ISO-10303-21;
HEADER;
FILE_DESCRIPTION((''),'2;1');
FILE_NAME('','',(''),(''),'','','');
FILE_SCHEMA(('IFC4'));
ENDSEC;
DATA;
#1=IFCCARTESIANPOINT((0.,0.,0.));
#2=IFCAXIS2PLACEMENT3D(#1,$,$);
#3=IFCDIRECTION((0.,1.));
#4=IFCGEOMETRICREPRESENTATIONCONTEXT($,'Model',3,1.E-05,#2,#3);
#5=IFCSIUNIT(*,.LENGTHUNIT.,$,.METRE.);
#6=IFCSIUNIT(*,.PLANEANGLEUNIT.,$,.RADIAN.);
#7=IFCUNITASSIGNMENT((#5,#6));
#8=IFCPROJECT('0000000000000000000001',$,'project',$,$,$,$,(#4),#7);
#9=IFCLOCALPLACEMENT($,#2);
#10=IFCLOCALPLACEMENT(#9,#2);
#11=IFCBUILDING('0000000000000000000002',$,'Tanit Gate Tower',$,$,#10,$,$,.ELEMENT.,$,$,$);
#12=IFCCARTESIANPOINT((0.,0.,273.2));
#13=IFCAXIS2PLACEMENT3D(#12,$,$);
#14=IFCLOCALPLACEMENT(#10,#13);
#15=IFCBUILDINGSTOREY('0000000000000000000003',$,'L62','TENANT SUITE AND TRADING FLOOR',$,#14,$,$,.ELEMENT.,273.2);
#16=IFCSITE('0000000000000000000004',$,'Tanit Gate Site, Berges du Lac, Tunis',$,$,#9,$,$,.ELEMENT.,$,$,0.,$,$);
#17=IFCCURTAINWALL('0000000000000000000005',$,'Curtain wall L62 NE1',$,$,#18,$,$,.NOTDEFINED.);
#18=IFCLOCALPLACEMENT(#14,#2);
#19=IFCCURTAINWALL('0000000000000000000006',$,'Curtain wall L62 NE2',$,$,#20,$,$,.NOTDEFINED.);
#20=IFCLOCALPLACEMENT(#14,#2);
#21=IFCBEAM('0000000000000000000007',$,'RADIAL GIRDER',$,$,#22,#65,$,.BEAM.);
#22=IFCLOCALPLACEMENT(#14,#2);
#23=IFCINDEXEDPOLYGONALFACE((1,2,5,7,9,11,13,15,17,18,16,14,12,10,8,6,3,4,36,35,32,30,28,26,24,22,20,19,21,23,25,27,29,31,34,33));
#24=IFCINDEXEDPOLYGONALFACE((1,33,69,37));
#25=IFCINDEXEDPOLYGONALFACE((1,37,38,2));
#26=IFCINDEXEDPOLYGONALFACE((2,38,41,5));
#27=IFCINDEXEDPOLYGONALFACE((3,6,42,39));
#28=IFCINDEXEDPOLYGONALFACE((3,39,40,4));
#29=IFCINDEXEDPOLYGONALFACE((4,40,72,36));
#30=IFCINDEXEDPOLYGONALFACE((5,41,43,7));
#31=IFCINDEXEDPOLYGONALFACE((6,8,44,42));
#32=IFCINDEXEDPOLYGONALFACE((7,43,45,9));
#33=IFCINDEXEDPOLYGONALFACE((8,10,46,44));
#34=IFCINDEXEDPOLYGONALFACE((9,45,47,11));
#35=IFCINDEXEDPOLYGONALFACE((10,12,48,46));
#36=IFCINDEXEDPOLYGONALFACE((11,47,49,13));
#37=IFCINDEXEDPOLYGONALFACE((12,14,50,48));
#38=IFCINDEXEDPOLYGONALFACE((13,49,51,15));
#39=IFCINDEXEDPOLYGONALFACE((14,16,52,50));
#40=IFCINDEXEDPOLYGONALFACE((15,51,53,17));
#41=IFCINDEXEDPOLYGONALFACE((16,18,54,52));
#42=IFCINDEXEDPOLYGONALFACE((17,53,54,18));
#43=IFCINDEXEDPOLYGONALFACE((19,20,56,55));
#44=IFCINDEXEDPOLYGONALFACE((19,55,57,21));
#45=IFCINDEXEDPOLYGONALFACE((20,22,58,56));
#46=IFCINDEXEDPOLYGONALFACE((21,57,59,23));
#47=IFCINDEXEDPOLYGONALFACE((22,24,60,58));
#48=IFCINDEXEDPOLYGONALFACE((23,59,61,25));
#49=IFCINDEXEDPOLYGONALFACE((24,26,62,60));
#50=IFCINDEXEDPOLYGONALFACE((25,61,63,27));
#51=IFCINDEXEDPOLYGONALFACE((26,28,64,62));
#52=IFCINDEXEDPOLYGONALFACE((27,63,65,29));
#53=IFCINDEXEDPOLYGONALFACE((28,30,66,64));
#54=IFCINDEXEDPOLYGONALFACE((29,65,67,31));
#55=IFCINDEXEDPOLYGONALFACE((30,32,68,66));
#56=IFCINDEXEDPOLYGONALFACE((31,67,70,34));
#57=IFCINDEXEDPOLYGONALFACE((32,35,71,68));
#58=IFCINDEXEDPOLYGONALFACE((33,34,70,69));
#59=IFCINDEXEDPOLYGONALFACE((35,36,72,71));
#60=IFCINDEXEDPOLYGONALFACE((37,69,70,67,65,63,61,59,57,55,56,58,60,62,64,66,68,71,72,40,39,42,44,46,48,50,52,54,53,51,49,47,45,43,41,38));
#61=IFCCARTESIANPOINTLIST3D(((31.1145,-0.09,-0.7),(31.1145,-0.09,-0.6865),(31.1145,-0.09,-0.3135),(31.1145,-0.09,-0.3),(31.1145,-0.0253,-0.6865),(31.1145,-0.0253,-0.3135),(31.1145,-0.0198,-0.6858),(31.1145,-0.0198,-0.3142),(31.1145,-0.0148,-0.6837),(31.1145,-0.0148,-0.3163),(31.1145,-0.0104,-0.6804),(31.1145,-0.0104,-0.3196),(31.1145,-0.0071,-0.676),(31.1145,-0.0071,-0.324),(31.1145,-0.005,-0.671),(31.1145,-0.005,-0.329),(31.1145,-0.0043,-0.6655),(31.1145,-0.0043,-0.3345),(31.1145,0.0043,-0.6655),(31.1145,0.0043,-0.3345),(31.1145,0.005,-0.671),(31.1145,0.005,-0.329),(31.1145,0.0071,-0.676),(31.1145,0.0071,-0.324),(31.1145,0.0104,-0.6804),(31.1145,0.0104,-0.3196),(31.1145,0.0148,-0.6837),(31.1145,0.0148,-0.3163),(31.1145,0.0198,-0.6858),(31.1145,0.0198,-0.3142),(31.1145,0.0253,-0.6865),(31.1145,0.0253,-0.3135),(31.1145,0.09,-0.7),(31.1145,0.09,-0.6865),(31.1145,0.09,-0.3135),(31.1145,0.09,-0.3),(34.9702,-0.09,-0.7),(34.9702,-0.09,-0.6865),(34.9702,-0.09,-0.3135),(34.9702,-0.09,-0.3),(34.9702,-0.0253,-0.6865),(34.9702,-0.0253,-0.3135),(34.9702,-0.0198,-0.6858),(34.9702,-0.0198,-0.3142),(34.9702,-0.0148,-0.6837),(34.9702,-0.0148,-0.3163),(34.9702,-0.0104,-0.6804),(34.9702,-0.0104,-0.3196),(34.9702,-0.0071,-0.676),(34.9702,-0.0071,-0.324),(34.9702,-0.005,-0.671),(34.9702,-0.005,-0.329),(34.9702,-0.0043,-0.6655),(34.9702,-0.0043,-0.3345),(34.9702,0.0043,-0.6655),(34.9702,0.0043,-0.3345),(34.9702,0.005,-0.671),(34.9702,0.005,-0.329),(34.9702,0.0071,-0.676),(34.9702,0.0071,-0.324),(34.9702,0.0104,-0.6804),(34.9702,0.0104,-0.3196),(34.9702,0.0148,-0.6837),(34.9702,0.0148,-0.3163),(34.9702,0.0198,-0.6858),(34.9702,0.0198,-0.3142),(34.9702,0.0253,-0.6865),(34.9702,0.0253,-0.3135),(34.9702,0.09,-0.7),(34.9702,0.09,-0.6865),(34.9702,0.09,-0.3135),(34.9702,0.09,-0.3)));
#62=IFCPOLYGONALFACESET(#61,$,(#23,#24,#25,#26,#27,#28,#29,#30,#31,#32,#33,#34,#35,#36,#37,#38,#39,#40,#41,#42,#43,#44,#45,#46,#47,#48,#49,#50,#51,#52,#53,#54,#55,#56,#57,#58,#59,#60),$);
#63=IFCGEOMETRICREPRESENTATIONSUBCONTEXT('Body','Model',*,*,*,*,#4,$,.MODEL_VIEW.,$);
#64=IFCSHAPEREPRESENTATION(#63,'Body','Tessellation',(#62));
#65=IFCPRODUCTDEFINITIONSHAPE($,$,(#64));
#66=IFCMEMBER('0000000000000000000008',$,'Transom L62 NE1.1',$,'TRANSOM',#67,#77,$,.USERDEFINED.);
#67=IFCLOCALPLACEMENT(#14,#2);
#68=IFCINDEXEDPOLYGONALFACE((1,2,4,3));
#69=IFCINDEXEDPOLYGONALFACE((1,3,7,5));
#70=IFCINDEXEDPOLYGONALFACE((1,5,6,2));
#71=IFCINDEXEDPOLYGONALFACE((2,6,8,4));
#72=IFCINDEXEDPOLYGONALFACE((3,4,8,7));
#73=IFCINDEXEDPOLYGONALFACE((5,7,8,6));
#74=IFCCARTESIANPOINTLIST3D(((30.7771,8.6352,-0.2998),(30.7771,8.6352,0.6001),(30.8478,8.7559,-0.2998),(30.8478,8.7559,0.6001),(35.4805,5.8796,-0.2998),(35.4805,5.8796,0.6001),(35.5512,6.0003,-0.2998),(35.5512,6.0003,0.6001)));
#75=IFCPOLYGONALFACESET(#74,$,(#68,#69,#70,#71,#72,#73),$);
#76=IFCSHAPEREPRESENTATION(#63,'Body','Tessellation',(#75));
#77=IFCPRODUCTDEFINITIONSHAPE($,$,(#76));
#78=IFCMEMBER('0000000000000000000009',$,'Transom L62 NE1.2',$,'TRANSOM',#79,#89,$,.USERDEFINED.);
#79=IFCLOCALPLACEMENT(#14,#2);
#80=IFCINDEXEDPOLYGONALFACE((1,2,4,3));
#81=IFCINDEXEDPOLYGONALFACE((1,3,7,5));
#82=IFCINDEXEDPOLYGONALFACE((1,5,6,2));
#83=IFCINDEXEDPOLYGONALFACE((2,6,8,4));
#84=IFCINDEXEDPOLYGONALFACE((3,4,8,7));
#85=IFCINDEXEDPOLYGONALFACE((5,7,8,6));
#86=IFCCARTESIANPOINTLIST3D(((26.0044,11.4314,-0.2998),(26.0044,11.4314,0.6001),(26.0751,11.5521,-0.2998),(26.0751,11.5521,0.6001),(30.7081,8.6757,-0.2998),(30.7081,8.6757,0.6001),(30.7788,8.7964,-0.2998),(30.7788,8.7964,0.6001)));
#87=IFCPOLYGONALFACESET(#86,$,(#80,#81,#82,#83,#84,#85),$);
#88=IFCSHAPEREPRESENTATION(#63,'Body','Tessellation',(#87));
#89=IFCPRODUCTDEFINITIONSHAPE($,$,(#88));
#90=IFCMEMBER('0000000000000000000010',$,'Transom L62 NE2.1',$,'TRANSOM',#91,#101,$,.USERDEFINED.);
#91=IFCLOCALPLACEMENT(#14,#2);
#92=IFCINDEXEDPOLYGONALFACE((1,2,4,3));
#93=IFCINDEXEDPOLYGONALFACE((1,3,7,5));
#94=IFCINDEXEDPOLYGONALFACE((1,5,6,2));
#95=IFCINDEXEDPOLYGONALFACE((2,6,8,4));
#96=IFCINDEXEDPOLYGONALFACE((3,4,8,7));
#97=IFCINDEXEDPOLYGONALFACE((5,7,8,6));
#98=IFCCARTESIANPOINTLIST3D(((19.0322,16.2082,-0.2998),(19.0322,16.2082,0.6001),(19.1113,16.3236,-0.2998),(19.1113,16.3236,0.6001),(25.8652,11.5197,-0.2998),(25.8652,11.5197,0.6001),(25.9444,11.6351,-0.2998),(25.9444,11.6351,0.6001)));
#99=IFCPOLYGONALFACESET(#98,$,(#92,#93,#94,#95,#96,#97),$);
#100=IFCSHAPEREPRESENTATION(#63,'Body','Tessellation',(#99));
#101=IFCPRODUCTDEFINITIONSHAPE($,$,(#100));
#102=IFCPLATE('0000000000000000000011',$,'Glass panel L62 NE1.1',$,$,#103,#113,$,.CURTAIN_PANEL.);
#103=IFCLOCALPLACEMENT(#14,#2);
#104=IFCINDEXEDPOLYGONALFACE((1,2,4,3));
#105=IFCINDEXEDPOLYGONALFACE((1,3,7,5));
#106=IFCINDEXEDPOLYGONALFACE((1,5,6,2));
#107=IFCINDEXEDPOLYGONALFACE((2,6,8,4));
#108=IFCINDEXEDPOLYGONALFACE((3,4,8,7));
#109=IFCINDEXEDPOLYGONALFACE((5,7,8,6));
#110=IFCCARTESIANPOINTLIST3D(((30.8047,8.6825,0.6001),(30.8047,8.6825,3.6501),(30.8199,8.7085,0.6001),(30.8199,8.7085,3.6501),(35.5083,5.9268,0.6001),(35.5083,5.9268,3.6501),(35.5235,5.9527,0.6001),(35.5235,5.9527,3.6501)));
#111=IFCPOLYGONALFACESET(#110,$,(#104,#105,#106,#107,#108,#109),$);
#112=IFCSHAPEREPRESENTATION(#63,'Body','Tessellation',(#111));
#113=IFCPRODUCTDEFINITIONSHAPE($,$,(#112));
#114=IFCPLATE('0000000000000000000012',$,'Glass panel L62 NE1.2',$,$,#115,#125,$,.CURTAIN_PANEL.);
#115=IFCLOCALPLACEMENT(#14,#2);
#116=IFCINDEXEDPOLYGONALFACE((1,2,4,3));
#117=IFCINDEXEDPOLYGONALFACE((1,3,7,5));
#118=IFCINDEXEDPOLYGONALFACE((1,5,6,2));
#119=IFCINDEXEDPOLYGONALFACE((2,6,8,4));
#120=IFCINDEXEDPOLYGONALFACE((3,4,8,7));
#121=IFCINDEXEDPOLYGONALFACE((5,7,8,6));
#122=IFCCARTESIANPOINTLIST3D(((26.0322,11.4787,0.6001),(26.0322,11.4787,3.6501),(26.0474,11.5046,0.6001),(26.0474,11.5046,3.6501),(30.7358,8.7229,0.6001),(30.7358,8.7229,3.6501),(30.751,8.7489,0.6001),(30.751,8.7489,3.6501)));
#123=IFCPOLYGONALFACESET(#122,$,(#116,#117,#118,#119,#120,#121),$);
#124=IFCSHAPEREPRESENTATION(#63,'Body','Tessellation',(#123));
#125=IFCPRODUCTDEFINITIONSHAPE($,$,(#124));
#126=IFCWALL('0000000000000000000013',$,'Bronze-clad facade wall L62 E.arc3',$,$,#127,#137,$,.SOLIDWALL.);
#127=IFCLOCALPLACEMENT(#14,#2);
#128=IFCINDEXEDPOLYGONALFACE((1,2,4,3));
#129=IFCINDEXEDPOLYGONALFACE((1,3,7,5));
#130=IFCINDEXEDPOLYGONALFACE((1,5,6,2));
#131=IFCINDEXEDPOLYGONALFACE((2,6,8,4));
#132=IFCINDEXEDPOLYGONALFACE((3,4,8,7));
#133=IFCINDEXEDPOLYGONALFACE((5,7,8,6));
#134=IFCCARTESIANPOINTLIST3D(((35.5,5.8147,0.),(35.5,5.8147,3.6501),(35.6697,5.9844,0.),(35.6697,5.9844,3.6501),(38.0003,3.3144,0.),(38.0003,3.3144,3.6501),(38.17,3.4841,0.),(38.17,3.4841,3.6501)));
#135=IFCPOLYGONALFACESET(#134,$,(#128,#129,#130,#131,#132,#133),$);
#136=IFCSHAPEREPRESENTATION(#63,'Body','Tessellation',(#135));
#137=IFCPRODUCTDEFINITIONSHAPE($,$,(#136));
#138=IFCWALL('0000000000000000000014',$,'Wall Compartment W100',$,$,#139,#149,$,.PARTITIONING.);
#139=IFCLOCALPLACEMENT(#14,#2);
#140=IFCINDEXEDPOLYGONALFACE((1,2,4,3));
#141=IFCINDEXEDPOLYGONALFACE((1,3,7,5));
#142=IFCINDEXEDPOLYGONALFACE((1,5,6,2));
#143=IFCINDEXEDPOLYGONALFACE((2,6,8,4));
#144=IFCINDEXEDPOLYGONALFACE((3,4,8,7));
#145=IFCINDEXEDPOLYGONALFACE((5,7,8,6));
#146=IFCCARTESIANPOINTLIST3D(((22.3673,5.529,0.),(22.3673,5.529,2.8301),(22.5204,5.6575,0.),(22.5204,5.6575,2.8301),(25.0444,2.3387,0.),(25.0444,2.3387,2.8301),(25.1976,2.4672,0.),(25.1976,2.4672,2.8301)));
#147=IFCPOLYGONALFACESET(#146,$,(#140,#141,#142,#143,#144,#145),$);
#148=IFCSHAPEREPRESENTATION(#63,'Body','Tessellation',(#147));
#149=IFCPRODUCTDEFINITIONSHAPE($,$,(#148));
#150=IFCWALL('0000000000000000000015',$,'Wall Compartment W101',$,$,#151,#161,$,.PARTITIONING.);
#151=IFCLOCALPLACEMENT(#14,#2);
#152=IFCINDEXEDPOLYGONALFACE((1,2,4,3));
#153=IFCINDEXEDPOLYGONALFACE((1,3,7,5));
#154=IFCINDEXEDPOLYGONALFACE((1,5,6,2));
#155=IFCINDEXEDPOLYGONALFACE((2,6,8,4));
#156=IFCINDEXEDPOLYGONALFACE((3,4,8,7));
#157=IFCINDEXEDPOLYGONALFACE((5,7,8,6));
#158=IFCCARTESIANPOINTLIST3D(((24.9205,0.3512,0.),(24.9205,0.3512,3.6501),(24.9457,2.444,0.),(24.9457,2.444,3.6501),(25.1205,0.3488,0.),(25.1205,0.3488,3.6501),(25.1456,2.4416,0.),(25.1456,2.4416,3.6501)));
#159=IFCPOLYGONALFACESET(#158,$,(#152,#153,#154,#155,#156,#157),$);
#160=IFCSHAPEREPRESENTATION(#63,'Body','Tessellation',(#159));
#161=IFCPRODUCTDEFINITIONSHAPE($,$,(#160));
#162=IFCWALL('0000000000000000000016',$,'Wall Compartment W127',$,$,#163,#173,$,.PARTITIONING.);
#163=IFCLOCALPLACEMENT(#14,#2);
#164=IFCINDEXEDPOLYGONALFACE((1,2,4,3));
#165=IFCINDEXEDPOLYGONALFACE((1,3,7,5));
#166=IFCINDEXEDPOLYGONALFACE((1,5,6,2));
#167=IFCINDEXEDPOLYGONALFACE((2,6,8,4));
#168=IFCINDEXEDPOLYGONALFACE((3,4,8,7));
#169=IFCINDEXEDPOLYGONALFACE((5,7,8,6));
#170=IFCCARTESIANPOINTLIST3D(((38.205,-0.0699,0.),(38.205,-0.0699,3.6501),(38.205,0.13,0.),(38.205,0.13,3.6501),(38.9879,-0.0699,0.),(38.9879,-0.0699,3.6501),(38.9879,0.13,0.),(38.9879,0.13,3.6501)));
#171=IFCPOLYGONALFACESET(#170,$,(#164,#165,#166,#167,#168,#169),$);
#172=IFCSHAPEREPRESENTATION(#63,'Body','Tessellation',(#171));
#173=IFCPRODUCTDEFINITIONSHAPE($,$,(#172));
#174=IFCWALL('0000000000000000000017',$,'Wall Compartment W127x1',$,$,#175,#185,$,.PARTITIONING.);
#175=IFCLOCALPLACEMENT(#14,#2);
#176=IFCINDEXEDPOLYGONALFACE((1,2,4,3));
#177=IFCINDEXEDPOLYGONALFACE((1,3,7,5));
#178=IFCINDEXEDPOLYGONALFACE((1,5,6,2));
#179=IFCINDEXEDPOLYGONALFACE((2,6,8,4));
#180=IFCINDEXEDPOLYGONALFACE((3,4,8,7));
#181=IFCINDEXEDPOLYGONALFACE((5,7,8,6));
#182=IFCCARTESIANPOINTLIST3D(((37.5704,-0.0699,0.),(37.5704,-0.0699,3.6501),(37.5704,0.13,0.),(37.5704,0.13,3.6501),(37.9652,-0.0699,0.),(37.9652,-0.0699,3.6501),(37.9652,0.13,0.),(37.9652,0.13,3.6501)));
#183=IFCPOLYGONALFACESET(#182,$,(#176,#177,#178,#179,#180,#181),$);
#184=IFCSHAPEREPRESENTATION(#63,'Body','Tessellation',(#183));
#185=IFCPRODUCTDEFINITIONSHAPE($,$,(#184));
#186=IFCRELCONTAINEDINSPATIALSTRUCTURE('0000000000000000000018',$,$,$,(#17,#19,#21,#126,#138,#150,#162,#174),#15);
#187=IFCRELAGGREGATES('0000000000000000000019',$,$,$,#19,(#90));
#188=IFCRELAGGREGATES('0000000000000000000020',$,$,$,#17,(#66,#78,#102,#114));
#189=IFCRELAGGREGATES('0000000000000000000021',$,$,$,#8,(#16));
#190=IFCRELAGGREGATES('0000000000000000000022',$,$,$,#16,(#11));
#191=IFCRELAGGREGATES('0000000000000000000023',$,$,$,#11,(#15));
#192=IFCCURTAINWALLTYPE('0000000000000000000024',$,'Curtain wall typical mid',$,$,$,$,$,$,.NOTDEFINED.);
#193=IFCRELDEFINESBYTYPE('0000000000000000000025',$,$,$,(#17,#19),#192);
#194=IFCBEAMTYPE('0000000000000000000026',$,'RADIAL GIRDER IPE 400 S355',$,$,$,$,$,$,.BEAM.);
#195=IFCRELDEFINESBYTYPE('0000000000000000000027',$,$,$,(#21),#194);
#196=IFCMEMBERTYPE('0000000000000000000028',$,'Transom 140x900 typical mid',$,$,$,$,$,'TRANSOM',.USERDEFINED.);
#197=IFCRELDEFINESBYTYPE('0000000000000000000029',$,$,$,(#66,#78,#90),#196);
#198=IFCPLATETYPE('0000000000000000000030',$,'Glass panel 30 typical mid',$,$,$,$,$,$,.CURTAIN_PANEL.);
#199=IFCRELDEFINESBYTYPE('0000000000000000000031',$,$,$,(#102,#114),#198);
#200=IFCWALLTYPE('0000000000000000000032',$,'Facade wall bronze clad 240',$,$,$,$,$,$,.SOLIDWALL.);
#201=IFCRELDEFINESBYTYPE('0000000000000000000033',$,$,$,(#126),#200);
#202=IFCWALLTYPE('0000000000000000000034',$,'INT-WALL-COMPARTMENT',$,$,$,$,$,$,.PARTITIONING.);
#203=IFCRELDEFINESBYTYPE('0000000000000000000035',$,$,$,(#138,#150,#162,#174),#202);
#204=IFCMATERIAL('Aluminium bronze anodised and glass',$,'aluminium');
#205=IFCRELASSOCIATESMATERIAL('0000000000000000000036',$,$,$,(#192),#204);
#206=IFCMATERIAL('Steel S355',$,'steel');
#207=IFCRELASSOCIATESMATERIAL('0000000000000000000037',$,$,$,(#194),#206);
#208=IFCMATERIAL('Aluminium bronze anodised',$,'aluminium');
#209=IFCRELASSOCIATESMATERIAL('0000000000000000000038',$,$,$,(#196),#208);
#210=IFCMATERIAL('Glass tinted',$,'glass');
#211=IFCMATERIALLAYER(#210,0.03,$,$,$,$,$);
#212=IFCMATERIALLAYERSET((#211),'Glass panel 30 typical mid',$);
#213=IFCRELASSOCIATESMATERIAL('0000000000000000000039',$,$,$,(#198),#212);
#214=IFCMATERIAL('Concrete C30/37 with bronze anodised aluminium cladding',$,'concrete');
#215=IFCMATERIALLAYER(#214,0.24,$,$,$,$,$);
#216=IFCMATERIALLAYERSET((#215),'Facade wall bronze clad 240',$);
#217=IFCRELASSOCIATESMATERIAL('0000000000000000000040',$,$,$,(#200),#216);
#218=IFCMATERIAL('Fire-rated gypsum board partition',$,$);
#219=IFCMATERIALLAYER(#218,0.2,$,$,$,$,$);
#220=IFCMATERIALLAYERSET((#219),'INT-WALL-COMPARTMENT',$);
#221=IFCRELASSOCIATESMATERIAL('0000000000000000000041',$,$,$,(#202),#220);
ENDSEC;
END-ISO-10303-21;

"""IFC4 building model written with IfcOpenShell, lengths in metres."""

from ifc_helpers import new_model, si_unit, direction, frame, frame_2d, origin, origin_2d, place, context, subcontext, project, spatial, rectangle, i_section, extrude, material, layer, layer_set, material_profile, profile_set, type_object, element, aggregate, save


model = new_model("IFC4")

# Units and contexts
model_context = context("Model", 3, precision=1e-05, world=origin(), true_north=direction((0.0, 1.0)))
body_context = subcontext(model_context, "Body", "Model", "MODEL_VIEW")
ifc_project = project(units=[si_unit("LENGTHUNIT", "METRE"), si_unit("PLANEANGLEUNIT", "RADIAN")], contexts=[model_context])

# Site, building, storey
site_placement = place(None, origin())
site = spatial("IfcSite", under=ifc_project, at=site_placement, Name="Tanit Gate Site, Berges du Lac, Tunis", CompositionType="ELEMENT", RefElevation=0.0)
building_placement = place(site_placement, origin())
building = spatial("IfcBuilding", under=site, at=building_placement, Name="Tanit Gate Tower", CompositionType="ELEMENT")
storey_placement = place(building_placement, frame((0.0, 0.0, 273.2)))
storey = spatial("IfcBuildingStorey", under=building, at=storey_placement, Name="L62", Description="TENANT SUITE AND TRADING FLOOR", CompositionType="ELEMENT", Elevation=273.2)

# Curtain walls
ifc_material_1 = material(Name="Aluminium bronze anodised and glass", Category="aluminium")
curtain_wall_type = type_object("IfcCurtainWallType", Name="Curtain wall typical mid", PredefinedType="NOTDEFINED", material=ifc_material_1)
curtain_wall_1_placement = place(storey_placement, origin())
curtain_wall_1 = element("IfcCurtainWall", 1, at=curtain_wall_1_placement, inside=storey, type_object=curtain_wall_type, Name="Curtain wall L62 NE1", PredefinedType="NOTDEFINED")
curtain_wall_2_placement = place(storey_placement, origin())
curtain_wall_2 = element("IfcCurtainWall", 2, at=curtain_wall_2_placement, inside=storey, type_object=curtain_wall_type, Name="Curtain wall L62 NE2", PredefinedType="NOTDEFINED")

# Beam
ifc_material_2 = material(Name="Steel S355", Category="steel")
ifc_material_profile_1 = material_profile(ifc_material_2, i_section(OverallWidth=0.1799, OverallDepth=0.3999, WebThickness=0.0085, FlangeThickness=0.0134, FilletRadius=0.021, at=origin_2d()), Name="IPE 400")
ifc_profile_set_1 = profile_set([ifc_material_profile_1], Name="Steel S355")
beam_type_1 = type_object("IfcBeamType", Name="RADIAL GIRDER IPE 400 S355", PredefinedType="BEAM", material=ifc_profile_set_1)
beam_1_placement = place(storey_placement, frame((34.9702, 0.0, -0.5), z_axis=(-1.0, 0.0, 0.0), x_axis=(0.0, -1.0, 0.0)))
element("IfcBeam", 3, at=beam_1_placement, inside=storey, type_object=beam_type_1, Name="RADIAL GIRDER", PredefinedType="BEAM", context=body_context, shape_type="SweptSolid", body=[
    extrude(i_section(OverallWidth=0.1799, OverallDepth=0.3999, WebThickness=0.0085, FlangeThickness=0.0134, FilletRadius=0.021, at=origin_2d()), origin(), (0.0, 0.0, 1.0), 3.8557),
])

# Members
ifc_material_3 = material(Name="Aluminium bronze anodised", Category="aluminium")
ifc_material_profile_2 = material_profile(ifc_material_3, rectangle(XDim=0.1399, YDim=0.8999, at=origin_2d()), Name="140x900 bronze transom")
ifc_profile_set_2 = profile_set([ifc_material_profile_2], Name="Aluminium bronze anodised")
member_type_1 = type_object("IfcMemberType", Name="Transom 140x900 typical mid", ElementType="TRANSOM", PredefinedType="USERDEFINED", material=ifc_profile_set_2)
member_1_placement = place(storey_placement, frame((35.5159, 5.9399, 0.1501), z_axis=(-0.862821, 0.50551, 0.0), x_axis=(-0.50551, -0.862821, 0.0)))
member_1 = element("IfcMember", 4, at=member_1_placement, type_object=member_type_1, Name="Transom L62 NE1.1", ObjectType="TRANSOM", PredefinedType="USERDEFINED", context=body_context, shape_type="SweptSolid", body=[
    extrude(rectangle(XDim=0.1399, YDim=0.8999, at=origin_2d()), origin(), (0.0, 0.0, 1.0), 5.4512),
])
member_2_placement = place(storey_placement, frame((30.7434, 8.7361, 0.1501), z_axis=(-0.862832, 0.505491, 0.0), x_axis=(-0.505491, -0.862832, 0.0)))
member_2 = element("IfcMember", 5, at=member_2_placement, type_object=member_type_1, Name="Transom L62 NE1.2", ObjectType="TRANSOM", PredefinedType="USERDEFINED", context=body_context, shape_type="SweptSolid", body=[
    extrude(rectangle(XDim=0.1399, YDim=0.8999, at=origin_2d()), origin(), (0.0, 0.0, 1.0), 5.4514),
])
member_3_placement = place(storey_placement, frame((25.9048, 11.5774, 0.1501), z_axis=(-0.824561, 0.565773, 0.0), x_axis=(-0.565773, -0.824561, 0.0)))
member_3 = element("IfcMember", 6, at=member_3_placement, type_object=member_type_1, Name="Transom L62 NE2.1", ObjectType="TRANSOM", PredefinedType="USERDEFINED", context=body_context, shape_type="SweptSolid", body=[
    extrude(rectangle(XDim=0.1399, YDim=0.8999, at=origin_2d()), origin(), (0.0, 0.0, 1.0), 8.2869),
])
aggregate(curtain_wall_2, [member_3])

# Plates
ifc_material_4 = material(Name="Glass tinted", Category="glass")
ifc_layer_1 = layer(ifc_material_4, 0.03)
ifc_layer_set_1 = layer_set([ifc_layer_1], Name="Glass panel 30 typical mid")
plate_type = type_object("IfcPlateType", Name="Glass panel 30 typical mid", PredefinedType="CURTAIN_PANEL", material=ifc_layer_set_1)
plate_1_placement = place(storey_placement, frame((33.1641, 7.3176, 0.6001), z_axis=(0.0, 0.0, 1.0), x_axis=(-0.862821, 0.50551, 0.0)))
plate_1 = element("IfcPlate", 7, at=plate_1_placement, type_object=plate_type, Name="Glass panel L62 NE1.1", PredefinedType="CURTAIN_PANEL", context=body_context, shape_type="SweptSolid", body=[
    extrude(rectangle(XDim=5.4514, YDim=0.03, at=origin_2d()), origin(), (0.0, 0.0, 1.0), 3.05),
])
plate_2_placement = place(storey_placement, frame((28.3916, 10.1138, 0.6001), z_axis=(0.0, 0.0, 1.0), x_axis=(-0.862821, 0.50551, 0.0)))
plate_2 = element("IfcPlate", 8, at=plate_2_placement, type_object=plate_type, Name="Glass panel L62 NE1.2", PredefinedType="CURTAIN_PANEL", context=body_context, shape_type="SweptSolid", body=[
    extrude(rectangle(XDim=5.4514, YDim=0.03, at=origin_2d()), origin(), (0.0, 0.0, 1.0), 3.05),
])
aggregate(curtain_wall_1, [member_1, member_2, plate_1, plate_2])

# Walls
ifc_material_5 = material(Name="Concrete C30/37 with bronze anodised aluminium cladding", Category="concrete")
ifc_layer_2 = layer(ifc_material_5, 0.24)
ifc_layer_set_2 = layer_set([ifc_layer_2], Name="Facade wall bronze clad 240")
wall_type_1 = type_object("IfcWallType", Name="Facade wall bronze clad 240", PredefinedType="SOLIDWALL", material=ifc_layer_set_2)
wall_1_placement = place(storey_placement, frame((38.0852, 3.3992, 0.0), z_axis=(0.0, 0.0, 1.0), x_axis=(-0.707107, 0.707107, 0.0)))
element("IfcWall", 9, at=wall_1_placement, inside=storey, type_object=wall_type_1, Name="Bronze-clad facade wall L62 E.arc3", PredefinedType="SOLIDWALL", context=body_context, shape_type="SweptSolid", body=[
    extrude(rectangle(XDim=3.5359, YDim=0.24, at=frame_2d((1.7681, 0.0))), origin(), (0.0, 0.0, 1.0), 3.6501),
])
ifc_material_6 = material(Name="Fire-rated gypsum board partition")
ifc_layer_3 = layer(ifc_material_6, 0.2)
ifc_layer_set_3 = layer_set([ifc_layer_3], Name="INT-WALL-COMPARTMENT")
wall_type_2 = type_object("IfcWallType", Name="INT-WALL-COMPARTMENT", PredefinedType="PARTITIONING", material=ifc_layer_set_3)
wall_2_placement = place(storey_placement, frame((25.1211, 2.4028, 0.0), z_axis=(0.0, 0.0, 1.0), x_axis=(-0.64281, 0.766026, 0.0)))
element("IfcWall", 10, at=wall_2_placement, inside=storey, type_object=wall_type_2, Name="Wall Compartment W100", PredefinedType="PARTITIONING", context=body_context, shape_type="SweptSolid", body=[
    extrude(rectangle(XDim=4.1648, YDim=0.2, at=frame_2d((2.0825, 0.0))), origin(), (0.0, 0.0, 1.0), 2.8301),
])
wall_3_placement = place(storey_placement, frame((25.0205, 0.3501, 0.0), z_axis=(0.0, 0.0, 1.0), x_axis=(0.012015, 0.999928, 0.0)))
element("IfcWall", 11, at=wall_3_placement, inside=storey, type_object=wall_type_2, Name="Wall Compartment W101", PredefinedType="PARTITIONING", context=body_context, shape_type="SweptSolid", body=[
    extrude(rectangle(XDim=2.093, YDim=0.2, at=frame_2d((1.0464, 0.0))), origin(), (0.0, 0.0, 1.0), 3.6501),
])
wall_4_placement = place(storey_placement, frame((38.988, 0.03, 0.0), z_axis=(0.0, 0.0, 1.0), x_axis=(-1.0, 0.0, 0.0)))
element("IfcWall", 12, at=wall_4_placement, inside=storey, type_object=wall_type_2, Name="Wall Compartment W127", PredefinedType="PARTITIONING", context=body_context, shape_type="SweptSolid", body=[
    extrude(rectangle(XDim=0.783, YDim=0.2, at=frame_2d((0.3916, 0.0))), origin(), (0.0, 0.0, 1.0), 3.6501),
])
wall_5_placement = place(storey_placement, frame((37.9651, 0.03, 0.0), z_axis=(0.0, 0.0, 1.0), x_axis=(-1.0, 0.0, 0.0)))
element("IfcWall", 13, at=wall_5_placement, inside=storey, type_object=wall_type_2, Name="Wall Compartment W127x1", PredefinedType="PARTITIONING", context=body_context, shape_type="SweptSolid", body=[
    extrude(rectangle(XDim=0.3948, YDim=0.2, at=frame_2d((0.1973, 0.0))), origin(), (0.0, 0.0, 1.0), 3.6501),
])

save(model, "model.ifc")
